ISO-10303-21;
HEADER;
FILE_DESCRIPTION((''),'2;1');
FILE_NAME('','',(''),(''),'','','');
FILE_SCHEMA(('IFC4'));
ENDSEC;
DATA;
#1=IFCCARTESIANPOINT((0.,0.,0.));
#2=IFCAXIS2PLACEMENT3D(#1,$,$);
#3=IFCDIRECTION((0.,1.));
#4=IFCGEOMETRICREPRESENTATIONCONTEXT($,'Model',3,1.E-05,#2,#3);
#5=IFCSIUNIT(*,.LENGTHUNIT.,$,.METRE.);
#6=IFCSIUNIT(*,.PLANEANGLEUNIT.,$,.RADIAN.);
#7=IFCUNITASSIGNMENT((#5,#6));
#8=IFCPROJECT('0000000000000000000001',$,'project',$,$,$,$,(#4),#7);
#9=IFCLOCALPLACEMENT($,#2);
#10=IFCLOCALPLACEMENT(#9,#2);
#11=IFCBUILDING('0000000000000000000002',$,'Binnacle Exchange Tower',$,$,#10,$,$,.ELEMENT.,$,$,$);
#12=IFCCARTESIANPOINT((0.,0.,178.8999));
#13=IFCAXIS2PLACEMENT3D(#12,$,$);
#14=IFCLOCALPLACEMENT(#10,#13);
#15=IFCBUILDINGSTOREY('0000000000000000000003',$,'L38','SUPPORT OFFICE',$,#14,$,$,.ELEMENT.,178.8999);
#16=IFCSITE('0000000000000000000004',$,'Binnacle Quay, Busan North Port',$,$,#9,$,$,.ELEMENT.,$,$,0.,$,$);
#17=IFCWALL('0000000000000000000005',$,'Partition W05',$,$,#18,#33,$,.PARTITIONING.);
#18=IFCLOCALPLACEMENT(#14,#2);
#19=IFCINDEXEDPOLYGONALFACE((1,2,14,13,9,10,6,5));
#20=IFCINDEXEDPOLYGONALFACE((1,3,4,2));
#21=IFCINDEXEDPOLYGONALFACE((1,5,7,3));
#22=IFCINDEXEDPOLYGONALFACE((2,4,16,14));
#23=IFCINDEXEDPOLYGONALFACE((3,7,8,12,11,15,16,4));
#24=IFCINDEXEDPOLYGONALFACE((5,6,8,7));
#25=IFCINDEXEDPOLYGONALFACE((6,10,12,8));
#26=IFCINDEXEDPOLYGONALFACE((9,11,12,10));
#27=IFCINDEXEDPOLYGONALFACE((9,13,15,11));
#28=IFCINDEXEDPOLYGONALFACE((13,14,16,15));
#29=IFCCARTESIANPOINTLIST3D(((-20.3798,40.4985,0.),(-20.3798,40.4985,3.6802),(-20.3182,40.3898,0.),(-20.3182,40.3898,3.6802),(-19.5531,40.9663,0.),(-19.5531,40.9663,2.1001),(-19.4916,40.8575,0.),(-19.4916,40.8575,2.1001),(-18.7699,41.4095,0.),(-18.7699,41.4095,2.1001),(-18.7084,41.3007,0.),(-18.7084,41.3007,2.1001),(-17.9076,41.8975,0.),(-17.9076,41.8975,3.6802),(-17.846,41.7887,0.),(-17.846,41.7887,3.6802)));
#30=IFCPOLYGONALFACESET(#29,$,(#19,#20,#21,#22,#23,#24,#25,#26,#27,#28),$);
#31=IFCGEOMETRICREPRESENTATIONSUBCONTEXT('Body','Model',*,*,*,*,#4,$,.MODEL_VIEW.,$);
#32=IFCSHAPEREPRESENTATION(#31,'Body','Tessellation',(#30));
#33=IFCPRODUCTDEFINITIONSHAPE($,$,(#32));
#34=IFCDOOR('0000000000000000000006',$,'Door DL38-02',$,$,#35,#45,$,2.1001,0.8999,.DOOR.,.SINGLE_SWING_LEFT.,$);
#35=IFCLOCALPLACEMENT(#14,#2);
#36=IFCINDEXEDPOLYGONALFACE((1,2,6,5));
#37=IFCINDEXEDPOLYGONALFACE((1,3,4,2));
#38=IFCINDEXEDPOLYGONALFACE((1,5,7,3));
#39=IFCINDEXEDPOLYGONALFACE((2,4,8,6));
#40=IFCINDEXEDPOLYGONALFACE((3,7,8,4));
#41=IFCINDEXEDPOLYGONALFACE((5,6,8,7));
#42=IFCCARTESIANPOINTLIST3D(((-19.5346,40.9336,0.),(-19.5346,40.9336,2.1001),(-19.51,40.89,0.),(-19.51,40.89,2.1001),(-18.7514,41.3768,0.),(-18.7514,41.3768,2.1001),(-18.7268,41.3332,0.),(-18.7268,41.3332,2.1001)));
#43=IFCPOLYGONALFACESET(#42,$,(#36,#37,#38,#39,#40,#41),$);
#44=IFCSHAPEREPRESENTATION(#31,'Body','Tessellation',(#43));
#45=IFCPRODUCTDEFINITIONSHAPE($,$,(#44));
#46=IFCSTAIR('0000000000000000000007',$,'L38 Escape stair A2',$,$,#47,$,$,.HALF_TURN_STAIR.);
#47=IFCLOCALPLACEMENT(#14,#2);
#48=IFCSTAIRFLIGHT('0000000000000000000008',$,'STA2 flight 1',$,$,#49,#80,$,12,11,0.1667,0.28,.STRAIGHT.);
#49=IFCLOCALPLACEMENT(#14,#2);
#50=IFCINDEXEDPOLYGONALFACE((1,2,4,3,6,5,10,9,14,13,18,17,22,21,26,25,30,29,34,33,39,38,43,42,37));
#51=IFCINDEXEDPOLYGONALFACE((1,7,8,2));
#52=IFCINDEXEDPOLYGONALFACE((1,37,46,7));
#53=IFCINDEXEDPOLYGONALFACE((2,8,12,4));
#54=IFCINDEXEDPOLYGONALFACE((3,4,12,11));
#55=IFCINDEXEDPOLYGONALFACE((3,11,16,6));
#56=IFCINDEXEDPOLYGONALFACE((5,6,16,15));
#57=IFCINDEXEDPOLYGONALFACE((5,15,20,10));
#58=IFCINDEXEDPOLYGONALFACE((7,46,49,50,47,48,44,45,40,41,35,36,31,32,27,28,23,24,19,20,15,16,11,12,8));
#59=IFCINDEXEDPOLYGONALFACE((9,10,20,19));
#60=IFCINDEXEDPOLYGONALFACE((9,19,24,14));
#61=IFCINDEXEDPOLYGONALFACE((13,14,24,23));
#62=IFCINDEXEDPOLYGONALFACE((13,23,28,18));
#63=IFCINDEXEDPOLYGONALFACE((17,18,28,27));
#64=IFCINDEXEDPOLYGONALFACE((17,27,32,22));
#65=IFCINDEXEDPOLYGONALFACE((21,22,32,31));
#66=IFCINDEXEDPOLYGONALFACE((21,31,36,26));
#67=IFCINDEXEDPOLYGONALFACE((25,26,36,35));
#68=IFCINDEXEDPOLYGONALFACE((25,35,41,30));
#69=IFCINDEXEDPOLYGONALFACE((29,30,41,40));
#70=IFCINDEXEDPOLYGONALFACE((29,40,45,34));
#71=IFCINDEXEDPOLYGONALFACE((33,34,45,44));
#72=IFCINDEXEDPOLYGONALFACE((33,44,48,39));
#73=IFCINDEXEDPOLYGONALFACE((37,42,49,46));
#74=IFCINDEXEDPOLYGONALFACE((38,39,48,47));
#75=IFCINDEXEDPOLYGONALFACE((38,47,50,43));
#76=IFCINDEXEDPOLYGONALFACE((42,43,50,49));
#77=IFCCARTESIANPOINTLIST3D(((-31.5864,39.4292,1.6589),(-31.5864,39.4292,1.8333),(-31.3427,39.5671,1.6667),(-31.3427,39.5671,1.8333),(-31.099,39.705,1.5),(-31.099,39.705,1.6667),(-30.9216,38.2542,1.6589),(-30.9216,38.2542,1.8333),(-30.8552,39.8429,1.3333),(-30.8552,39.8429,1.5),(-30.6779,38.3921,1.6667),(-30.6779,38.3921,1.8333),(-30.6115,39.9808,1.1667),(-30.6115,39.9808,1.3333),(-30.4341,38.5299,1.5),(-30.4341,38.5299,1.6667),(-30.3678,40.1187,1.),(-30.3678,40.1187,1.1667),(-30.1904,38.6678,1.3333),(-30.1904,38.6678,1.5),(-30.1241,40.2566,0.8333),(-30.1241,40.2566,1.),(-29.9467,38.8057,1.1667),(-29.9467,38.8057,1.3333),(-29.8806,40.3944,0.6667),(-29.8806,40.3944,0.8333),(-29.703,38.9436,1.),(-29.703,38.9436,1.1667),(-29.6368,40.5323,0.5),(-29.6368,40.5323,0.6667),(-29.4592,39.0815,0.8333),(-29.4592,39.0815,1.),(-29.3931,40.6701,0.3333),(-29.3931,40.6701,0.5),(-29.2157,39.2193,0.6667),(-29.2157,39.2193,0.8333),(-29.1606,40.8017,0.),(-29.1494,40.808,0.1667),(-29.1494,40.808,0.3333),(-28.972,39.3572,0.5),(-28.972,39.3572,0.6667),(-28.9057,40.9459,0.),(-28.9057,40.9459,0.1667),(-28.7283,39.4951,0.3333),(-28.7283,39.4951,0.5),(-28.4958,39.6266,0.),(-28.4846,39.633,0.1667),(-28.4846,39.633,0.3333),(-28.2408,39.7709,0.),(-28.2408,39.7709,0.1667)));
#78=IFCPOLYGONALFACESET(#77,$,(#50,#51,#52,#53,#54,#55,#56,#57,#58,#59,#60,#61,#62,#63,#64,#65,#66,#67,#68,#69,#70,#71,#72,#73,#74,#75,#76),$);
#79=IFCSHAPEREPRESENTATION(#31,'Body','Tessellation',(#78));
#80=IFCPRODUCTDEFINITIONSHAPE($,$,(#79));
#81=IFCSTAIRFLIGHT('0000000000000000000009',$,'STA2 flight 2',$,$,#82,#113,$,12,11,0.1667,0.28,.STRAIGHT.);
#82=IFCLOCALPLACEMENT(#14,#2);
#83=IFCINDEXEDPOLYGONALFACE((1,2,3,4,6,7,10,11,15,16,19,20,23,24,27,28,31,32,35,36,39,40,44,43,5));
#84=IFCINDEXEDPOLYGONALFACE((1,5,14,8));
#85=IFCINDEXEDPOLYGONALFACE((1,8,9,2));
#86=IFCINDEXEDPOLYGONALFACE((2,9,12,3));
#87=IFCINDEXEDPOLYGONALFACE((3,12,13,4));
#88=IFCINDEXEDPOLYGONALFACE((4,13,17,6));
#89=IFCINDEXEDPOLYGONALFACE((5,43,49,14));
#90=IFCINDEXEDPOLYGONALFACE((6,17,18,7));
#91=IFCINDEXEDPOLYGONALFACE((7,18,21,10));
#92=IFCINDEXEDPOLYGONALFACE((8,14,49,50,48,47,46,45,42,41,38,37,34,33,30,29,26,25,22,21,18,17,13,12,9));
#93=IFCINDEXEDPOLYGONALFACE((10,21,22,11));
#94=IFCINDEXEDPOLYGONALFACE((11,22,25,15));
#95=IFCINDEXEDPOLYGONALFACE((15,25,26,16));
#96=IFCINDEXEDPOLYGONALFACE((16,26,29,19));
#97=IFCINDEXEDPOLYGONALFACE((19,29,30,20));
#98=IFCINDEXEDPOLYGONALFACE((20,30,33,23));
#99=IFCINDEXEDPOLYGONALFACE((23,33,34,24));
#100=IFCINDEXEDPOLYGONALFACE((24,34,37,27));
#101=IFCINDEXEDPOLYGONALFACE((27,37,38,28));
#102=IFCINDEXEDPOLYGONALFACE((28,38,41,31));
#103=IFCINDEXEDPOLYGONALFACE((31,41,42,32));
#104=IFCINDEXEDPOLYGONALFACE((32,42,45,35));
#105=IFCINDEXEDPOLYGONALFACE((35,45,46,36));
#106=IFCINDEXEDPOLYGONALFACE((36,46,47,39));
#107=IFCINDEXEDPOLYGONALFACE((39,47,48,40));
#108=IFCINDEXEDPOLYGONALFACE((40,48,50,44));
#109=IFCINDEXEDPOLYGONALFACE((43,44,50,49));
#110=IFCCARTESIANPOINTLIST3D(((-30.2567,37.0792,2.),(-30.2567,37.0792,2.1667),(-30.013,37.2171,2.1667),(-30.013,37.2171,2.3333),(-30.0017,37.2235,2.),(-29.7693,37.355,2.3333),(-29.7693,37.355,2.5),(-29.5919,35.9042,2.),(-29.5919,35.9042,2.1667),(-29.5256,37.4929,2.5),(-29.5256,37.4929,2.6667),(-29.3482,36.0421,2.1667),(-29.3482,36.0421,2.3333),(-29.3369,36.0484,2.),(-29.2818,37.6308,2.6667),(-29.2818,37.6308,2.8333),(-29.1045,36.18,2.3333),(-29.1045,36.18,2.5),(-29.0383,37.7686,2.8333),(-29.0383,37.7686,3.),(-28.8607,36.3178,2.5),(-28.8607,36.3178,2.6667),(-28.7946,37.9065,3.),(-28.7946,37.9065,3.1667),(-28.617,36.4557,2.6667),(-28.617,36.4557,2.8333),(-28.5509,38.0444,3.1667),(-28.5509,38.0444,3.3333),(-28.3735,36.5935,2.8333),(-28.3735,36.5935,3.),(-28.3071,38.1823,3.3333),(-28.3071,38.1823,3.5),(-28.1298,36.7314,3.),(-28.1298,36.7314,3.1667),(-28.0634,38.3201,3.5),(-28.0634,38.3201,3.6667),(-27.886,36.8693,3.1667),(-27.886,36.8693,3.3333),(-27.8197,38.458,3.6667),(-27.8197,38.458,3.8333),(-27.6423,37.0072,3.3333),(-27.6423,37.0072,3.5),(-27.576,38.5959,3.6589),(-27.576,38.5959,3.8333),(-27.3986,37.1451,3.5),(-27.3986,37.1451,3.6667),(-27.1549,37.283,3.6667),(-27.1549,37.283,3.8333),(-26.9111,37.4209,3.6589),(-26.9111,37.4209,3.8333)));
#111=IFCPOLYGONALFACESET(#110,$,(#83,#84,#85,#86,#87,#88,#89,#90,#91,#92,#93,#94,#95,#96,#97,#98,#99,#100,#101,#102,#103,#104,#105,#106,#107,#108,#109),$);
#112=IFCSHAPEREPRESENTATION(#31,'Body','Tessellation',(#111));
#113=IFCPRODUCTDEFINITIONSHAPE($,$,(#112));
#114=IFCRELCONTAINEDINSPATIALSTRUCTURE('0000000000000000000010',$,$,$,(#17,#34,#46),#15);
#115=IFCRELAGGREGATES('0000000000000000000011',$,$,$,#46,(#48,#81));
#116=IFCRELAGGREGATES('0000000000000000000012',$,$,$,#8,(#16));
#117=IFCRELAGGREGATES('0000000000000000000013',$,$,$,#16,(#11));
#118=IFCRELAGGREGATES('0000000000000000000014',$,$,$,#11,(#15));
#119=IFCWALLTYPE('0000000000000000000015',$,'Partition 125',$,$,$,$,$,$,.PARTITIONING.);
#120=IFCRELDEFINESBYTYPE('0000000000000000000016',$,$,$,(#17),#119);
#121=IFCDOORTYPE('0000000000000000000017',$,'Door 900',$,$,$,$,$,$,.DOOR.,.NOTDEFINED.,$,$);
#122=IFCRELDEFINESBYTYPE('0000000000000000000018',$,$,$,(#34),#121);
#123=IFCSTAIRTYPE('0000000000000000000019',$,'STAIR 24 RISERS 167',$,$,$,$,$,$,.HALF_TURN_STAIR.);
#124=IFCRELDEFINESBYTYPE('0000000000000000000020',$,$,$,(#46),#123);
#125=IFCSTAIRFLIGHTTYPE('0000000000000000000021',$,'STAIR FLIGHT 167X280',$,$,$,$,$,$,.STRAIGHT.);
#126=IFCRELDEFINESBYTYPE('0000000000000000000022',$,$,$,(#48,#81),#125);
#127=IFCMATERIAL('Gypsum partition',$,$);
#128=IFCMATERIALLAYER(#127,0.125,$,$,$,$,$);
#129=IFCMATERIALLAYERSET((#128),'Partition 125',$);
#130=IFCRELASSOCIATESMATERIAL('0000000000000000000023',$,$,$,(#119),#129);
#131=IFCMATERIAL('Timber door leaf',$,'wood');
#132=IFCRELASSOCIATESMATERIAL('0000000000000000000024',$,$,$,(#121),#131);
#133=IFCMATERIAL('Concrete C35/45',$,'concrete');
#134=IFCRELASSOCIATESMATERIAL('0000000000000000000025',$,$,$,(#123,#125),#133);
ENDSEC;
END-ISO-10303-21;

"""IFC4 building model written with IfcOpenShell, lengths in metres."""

from ifc_helpers import new_model, si_unit, direction, frame, frame_2d, origin, place, context, subcontext, project, spatial, polyline, rectangle, outline, extrude, material, layer, layer_set, type_object, element, fill, aggregate, save


model = new_model("IFC4")

# Units and contexts
model_context = context("Model", 3, precision=1e-05, world=origin(), true_north=direction((0.0, 1.0)))
body_context = subcontext(model_context, "Body", "Model", "MODEL_VIEW")
ifc_project = project(units=[si_unit("LENGTHUNIT", "METRE"), si_unit("PLANEANGLEUNIT", "RADIAN")], contexts=[model_context])

# Site, building, storey
site_placement = place(None, origin())
site = spatial("IfcSite", under=ifc_project, at=site_placement, Name="Binnacle Quay, Busan North Port", CompositionType="ELEMENT", RefElevation=0.0)
building_placement = place(site_placement, origin())
building = spatial("IfcBuilding", under=site, at=building_placement, Name="Binnacle Exchange Tower", CompositionType="ELEMENT")
storey_placement = place(building_placement, frame((0.0, 0.0, 178.8999)))
storey = spatial("IfcBuildingStorey", under=building, at=storey_placement, Name="L38", Description="SUPPORT OFFICE", CompositionType="ELEMENT", Elevation=178.8999)

# Shared definitions
ifc_material_1 = material(Name="Concrete C35/45", Category="concrete")

# Wall, opening, door
ifc_material_2 = material(Name="Gypsum partition")
ifc_layer_1 = layer(ifc_material_2, 0.125)
ifc_layer_set_1 = layer_set([ifc_layer_1], Name="Partition 125")
wall_type = type_object("IfcWallType", Name="Partition 125", PredefinedType="PARTITIONING", material=ifc_layer_set_1)
ifc_material_3 = material(Name="Timber door leaf", Category="wood")
wall_1_placement = place(storey_placement, frame((-20.3491, 40.4441, 0.0), z_axis=(0.0, 0.0, 1.0), x_axis=(0.870319, 0.492488, 0.0)))
wall_1 = element("IfcWall", 1, at=wall_1_placement, inside=storey, type_object=wall_type, Name="Partition W05", PredefinedType="PARTITIONING", context=body_context, shape_type="SweptSolid", body=[
    extrude(rectangle(XDim=2.8406, YDim=0.125, at=frame_2d((1.4204, 0.0))), origin(), (0.0, 0.0, 1.0), 3.6802),
])
opening_1_placement = place(wall_1_placement, frame((0.95, 0.0, 0.0)))
opening_1 = element("IfcOpeningElement", 2, at=opening_1_placement, cuts=wall_1, PredefinedType="OPENING", context=body_context, shape_type="SweptSolid", body=[
    extrude(rectangle(XDim=0.8999, YDim=2.1001, at=frame_2d((0.45, 1.05))), frame((0.0, 0.0725, 0.0), z_axis=(0.0, -1.0, 0.0), x_axis=(1.0, 0.0, 0.0)), (0.0, 0.0, 1.0), 0.145),
])
door_type_1 = type_object("IfcDoorType", Name="Door 900", OperationType="NOTDEFINED", PredefinedType="DOOR", material=ifc_material_3)
door_1_placement = place(opening_1_placement, origin())
door_1 = element("IfcDoor", 3, at=door_1_placement, inside=storey, type_object=door_type_1, Name="Door DL38-02", OperationType="SINGLE_SWING_LEFT", OverallHeight=2.1001, OverallWidth=0.8999, PredefinedType="DOOR", context=body_context, shape_type="SweptSolid", body=[
    extrude(rectangle(XDim=0.8999, YDim=2.1001, at=frame_2d((0.45, 1.05))), frame((0.0, 0.0249, 0.0), z_axis=(0.0, -1.0, 0.0), x_axis=(1.0, 0.0, 0.0)), (0.0, 0.0, 1.0), 0.05),
])
fill(opening_1, door_1)

# Stair, stair flights
stair_type = type_object("IfcStairType", Name="STAIR 24 RISERS 167", PredefinedType="HALF_TURN_STAIR", material=ifc_material_1)
stair_placement = place(storey_placement, origin())
stair = element("IfcStair", 4, at=stair_placement, inside=storey, type_object=stair_type, Name="L38 Escape stair A2", PredefinedType="HALF_TURN_STAIR")
stair_flight_type = type_object("IfcStairFlightType", Name="STAIR FLIGHT 167X280", PredefinedType="STRAIGHT", material=ifc_material_1)
stair_flight_1_placement = place(storey_placement, frame((-28.5732, 40.3584, 0.0), z_axis=(0.0, 0.0, 1.0), x_axis=(-0.870356, -0.492424, 0.0)))
stair_flight_1 = element("IfcStairFlight", 5, at=stair_flight_1_placement, type_object=stair_flight_type, Name="STA2 flight 1", NumberOfRisers=12, NumberOfTreads=11, PredefinedType="STRAIGHT", RiserHeight=0.1667, TreadLength=0.28, context=body_context, shape_type="SweptSolid", body=[
    extrude(outline(polyline([(0.0, 0.0), (0.0, 0.1667), (0.28, 0.1667), (0.28, 0.3333), (0.5601, 0.3333), (0.5601, 0.5), (0.8401, 0.5), (0.8401, 0.6667), (1.1201, 0.6667), (1.1201, 0.8333), (1.3999, 0.8333), (1.3999, 1.0), (1.6799, 1.0), (1.6799, 1.1667), (1.96, 1.1667), (1.96, 1.3333), (2.24, 1.3333), (2.24, 1.5), (2.52, 1.5), (2.52, 1.6667), (2.8, 1.6667), (2.8, 1.8333), (3.0801, 1.8333), (3.0801, 2.0), (3.0801, 1.6589), (0.293, 0.0), (0.0, 0.0)])), frame((0.0, 0.675, 0.0), z_axis=(0.0, -1.0, 0.0), x_axis=(1.0, 0.0, 0.0)), (0.0, 0.0, 1.0), 1.3501),
])
stair_flight_2_placement = place(storey_placement, frame((-29.9243, 36.4917, 2.0), z_axis=(0.0, 0.0, 1.0), x_axis=(0.870356, 0.492424, 0.0)))
stair_flight_2 = element("IfcStairFlight", 6, at=stair_flight_2_placement, type_object=stair_flight_type, Name="STA2 flight 2", NumberOfRisers=12, NumberOfTreads=11, PredefinedType="STRAIGHT", RiserHeight=0.1667, TreadLength=0.28, context=body_context, shape_type="SweptSolid", body=[
    extrude(outline(polyline([(0.0, 0.0), (0.0, 0.1667), (0.28, 0.1667), (0.28, 0.3333), (0.5601, 0.3333), (0.5601, 0.5), (0.8401, 0.5), (0.8401, 0.6667), (1.1201, 0.6667), (1.1201, 0.8333), (1.3999, 0.8333), (1.3999, 1.0), (1.6799, 1.0), (1.6799, 1.1667), (1.96, 1.1667), (1.96, 1.3333), (2.24, 1.3333), (2.24, 1.5), (2.52, 1.5), (2.52, 1.6667), (2.8, 1.6667), (2.8, 1.8333), (3.0801, 1.8333), (3.0801, 2.0), (3.0801, 1.6589), (0.293, 0.0), (0.0, 0.0)])), frame((0.0, 0.675, 0.0), z_axis=(0.0, -1.0, 0.0), x_axis=(1.0, 0.0, 0.0)), (0.0, 0.0, 1.0), 1.3501),
])
aggregate(stair, [stair_flight_1, stair_flight_2])

save(model, "model.ifc")
